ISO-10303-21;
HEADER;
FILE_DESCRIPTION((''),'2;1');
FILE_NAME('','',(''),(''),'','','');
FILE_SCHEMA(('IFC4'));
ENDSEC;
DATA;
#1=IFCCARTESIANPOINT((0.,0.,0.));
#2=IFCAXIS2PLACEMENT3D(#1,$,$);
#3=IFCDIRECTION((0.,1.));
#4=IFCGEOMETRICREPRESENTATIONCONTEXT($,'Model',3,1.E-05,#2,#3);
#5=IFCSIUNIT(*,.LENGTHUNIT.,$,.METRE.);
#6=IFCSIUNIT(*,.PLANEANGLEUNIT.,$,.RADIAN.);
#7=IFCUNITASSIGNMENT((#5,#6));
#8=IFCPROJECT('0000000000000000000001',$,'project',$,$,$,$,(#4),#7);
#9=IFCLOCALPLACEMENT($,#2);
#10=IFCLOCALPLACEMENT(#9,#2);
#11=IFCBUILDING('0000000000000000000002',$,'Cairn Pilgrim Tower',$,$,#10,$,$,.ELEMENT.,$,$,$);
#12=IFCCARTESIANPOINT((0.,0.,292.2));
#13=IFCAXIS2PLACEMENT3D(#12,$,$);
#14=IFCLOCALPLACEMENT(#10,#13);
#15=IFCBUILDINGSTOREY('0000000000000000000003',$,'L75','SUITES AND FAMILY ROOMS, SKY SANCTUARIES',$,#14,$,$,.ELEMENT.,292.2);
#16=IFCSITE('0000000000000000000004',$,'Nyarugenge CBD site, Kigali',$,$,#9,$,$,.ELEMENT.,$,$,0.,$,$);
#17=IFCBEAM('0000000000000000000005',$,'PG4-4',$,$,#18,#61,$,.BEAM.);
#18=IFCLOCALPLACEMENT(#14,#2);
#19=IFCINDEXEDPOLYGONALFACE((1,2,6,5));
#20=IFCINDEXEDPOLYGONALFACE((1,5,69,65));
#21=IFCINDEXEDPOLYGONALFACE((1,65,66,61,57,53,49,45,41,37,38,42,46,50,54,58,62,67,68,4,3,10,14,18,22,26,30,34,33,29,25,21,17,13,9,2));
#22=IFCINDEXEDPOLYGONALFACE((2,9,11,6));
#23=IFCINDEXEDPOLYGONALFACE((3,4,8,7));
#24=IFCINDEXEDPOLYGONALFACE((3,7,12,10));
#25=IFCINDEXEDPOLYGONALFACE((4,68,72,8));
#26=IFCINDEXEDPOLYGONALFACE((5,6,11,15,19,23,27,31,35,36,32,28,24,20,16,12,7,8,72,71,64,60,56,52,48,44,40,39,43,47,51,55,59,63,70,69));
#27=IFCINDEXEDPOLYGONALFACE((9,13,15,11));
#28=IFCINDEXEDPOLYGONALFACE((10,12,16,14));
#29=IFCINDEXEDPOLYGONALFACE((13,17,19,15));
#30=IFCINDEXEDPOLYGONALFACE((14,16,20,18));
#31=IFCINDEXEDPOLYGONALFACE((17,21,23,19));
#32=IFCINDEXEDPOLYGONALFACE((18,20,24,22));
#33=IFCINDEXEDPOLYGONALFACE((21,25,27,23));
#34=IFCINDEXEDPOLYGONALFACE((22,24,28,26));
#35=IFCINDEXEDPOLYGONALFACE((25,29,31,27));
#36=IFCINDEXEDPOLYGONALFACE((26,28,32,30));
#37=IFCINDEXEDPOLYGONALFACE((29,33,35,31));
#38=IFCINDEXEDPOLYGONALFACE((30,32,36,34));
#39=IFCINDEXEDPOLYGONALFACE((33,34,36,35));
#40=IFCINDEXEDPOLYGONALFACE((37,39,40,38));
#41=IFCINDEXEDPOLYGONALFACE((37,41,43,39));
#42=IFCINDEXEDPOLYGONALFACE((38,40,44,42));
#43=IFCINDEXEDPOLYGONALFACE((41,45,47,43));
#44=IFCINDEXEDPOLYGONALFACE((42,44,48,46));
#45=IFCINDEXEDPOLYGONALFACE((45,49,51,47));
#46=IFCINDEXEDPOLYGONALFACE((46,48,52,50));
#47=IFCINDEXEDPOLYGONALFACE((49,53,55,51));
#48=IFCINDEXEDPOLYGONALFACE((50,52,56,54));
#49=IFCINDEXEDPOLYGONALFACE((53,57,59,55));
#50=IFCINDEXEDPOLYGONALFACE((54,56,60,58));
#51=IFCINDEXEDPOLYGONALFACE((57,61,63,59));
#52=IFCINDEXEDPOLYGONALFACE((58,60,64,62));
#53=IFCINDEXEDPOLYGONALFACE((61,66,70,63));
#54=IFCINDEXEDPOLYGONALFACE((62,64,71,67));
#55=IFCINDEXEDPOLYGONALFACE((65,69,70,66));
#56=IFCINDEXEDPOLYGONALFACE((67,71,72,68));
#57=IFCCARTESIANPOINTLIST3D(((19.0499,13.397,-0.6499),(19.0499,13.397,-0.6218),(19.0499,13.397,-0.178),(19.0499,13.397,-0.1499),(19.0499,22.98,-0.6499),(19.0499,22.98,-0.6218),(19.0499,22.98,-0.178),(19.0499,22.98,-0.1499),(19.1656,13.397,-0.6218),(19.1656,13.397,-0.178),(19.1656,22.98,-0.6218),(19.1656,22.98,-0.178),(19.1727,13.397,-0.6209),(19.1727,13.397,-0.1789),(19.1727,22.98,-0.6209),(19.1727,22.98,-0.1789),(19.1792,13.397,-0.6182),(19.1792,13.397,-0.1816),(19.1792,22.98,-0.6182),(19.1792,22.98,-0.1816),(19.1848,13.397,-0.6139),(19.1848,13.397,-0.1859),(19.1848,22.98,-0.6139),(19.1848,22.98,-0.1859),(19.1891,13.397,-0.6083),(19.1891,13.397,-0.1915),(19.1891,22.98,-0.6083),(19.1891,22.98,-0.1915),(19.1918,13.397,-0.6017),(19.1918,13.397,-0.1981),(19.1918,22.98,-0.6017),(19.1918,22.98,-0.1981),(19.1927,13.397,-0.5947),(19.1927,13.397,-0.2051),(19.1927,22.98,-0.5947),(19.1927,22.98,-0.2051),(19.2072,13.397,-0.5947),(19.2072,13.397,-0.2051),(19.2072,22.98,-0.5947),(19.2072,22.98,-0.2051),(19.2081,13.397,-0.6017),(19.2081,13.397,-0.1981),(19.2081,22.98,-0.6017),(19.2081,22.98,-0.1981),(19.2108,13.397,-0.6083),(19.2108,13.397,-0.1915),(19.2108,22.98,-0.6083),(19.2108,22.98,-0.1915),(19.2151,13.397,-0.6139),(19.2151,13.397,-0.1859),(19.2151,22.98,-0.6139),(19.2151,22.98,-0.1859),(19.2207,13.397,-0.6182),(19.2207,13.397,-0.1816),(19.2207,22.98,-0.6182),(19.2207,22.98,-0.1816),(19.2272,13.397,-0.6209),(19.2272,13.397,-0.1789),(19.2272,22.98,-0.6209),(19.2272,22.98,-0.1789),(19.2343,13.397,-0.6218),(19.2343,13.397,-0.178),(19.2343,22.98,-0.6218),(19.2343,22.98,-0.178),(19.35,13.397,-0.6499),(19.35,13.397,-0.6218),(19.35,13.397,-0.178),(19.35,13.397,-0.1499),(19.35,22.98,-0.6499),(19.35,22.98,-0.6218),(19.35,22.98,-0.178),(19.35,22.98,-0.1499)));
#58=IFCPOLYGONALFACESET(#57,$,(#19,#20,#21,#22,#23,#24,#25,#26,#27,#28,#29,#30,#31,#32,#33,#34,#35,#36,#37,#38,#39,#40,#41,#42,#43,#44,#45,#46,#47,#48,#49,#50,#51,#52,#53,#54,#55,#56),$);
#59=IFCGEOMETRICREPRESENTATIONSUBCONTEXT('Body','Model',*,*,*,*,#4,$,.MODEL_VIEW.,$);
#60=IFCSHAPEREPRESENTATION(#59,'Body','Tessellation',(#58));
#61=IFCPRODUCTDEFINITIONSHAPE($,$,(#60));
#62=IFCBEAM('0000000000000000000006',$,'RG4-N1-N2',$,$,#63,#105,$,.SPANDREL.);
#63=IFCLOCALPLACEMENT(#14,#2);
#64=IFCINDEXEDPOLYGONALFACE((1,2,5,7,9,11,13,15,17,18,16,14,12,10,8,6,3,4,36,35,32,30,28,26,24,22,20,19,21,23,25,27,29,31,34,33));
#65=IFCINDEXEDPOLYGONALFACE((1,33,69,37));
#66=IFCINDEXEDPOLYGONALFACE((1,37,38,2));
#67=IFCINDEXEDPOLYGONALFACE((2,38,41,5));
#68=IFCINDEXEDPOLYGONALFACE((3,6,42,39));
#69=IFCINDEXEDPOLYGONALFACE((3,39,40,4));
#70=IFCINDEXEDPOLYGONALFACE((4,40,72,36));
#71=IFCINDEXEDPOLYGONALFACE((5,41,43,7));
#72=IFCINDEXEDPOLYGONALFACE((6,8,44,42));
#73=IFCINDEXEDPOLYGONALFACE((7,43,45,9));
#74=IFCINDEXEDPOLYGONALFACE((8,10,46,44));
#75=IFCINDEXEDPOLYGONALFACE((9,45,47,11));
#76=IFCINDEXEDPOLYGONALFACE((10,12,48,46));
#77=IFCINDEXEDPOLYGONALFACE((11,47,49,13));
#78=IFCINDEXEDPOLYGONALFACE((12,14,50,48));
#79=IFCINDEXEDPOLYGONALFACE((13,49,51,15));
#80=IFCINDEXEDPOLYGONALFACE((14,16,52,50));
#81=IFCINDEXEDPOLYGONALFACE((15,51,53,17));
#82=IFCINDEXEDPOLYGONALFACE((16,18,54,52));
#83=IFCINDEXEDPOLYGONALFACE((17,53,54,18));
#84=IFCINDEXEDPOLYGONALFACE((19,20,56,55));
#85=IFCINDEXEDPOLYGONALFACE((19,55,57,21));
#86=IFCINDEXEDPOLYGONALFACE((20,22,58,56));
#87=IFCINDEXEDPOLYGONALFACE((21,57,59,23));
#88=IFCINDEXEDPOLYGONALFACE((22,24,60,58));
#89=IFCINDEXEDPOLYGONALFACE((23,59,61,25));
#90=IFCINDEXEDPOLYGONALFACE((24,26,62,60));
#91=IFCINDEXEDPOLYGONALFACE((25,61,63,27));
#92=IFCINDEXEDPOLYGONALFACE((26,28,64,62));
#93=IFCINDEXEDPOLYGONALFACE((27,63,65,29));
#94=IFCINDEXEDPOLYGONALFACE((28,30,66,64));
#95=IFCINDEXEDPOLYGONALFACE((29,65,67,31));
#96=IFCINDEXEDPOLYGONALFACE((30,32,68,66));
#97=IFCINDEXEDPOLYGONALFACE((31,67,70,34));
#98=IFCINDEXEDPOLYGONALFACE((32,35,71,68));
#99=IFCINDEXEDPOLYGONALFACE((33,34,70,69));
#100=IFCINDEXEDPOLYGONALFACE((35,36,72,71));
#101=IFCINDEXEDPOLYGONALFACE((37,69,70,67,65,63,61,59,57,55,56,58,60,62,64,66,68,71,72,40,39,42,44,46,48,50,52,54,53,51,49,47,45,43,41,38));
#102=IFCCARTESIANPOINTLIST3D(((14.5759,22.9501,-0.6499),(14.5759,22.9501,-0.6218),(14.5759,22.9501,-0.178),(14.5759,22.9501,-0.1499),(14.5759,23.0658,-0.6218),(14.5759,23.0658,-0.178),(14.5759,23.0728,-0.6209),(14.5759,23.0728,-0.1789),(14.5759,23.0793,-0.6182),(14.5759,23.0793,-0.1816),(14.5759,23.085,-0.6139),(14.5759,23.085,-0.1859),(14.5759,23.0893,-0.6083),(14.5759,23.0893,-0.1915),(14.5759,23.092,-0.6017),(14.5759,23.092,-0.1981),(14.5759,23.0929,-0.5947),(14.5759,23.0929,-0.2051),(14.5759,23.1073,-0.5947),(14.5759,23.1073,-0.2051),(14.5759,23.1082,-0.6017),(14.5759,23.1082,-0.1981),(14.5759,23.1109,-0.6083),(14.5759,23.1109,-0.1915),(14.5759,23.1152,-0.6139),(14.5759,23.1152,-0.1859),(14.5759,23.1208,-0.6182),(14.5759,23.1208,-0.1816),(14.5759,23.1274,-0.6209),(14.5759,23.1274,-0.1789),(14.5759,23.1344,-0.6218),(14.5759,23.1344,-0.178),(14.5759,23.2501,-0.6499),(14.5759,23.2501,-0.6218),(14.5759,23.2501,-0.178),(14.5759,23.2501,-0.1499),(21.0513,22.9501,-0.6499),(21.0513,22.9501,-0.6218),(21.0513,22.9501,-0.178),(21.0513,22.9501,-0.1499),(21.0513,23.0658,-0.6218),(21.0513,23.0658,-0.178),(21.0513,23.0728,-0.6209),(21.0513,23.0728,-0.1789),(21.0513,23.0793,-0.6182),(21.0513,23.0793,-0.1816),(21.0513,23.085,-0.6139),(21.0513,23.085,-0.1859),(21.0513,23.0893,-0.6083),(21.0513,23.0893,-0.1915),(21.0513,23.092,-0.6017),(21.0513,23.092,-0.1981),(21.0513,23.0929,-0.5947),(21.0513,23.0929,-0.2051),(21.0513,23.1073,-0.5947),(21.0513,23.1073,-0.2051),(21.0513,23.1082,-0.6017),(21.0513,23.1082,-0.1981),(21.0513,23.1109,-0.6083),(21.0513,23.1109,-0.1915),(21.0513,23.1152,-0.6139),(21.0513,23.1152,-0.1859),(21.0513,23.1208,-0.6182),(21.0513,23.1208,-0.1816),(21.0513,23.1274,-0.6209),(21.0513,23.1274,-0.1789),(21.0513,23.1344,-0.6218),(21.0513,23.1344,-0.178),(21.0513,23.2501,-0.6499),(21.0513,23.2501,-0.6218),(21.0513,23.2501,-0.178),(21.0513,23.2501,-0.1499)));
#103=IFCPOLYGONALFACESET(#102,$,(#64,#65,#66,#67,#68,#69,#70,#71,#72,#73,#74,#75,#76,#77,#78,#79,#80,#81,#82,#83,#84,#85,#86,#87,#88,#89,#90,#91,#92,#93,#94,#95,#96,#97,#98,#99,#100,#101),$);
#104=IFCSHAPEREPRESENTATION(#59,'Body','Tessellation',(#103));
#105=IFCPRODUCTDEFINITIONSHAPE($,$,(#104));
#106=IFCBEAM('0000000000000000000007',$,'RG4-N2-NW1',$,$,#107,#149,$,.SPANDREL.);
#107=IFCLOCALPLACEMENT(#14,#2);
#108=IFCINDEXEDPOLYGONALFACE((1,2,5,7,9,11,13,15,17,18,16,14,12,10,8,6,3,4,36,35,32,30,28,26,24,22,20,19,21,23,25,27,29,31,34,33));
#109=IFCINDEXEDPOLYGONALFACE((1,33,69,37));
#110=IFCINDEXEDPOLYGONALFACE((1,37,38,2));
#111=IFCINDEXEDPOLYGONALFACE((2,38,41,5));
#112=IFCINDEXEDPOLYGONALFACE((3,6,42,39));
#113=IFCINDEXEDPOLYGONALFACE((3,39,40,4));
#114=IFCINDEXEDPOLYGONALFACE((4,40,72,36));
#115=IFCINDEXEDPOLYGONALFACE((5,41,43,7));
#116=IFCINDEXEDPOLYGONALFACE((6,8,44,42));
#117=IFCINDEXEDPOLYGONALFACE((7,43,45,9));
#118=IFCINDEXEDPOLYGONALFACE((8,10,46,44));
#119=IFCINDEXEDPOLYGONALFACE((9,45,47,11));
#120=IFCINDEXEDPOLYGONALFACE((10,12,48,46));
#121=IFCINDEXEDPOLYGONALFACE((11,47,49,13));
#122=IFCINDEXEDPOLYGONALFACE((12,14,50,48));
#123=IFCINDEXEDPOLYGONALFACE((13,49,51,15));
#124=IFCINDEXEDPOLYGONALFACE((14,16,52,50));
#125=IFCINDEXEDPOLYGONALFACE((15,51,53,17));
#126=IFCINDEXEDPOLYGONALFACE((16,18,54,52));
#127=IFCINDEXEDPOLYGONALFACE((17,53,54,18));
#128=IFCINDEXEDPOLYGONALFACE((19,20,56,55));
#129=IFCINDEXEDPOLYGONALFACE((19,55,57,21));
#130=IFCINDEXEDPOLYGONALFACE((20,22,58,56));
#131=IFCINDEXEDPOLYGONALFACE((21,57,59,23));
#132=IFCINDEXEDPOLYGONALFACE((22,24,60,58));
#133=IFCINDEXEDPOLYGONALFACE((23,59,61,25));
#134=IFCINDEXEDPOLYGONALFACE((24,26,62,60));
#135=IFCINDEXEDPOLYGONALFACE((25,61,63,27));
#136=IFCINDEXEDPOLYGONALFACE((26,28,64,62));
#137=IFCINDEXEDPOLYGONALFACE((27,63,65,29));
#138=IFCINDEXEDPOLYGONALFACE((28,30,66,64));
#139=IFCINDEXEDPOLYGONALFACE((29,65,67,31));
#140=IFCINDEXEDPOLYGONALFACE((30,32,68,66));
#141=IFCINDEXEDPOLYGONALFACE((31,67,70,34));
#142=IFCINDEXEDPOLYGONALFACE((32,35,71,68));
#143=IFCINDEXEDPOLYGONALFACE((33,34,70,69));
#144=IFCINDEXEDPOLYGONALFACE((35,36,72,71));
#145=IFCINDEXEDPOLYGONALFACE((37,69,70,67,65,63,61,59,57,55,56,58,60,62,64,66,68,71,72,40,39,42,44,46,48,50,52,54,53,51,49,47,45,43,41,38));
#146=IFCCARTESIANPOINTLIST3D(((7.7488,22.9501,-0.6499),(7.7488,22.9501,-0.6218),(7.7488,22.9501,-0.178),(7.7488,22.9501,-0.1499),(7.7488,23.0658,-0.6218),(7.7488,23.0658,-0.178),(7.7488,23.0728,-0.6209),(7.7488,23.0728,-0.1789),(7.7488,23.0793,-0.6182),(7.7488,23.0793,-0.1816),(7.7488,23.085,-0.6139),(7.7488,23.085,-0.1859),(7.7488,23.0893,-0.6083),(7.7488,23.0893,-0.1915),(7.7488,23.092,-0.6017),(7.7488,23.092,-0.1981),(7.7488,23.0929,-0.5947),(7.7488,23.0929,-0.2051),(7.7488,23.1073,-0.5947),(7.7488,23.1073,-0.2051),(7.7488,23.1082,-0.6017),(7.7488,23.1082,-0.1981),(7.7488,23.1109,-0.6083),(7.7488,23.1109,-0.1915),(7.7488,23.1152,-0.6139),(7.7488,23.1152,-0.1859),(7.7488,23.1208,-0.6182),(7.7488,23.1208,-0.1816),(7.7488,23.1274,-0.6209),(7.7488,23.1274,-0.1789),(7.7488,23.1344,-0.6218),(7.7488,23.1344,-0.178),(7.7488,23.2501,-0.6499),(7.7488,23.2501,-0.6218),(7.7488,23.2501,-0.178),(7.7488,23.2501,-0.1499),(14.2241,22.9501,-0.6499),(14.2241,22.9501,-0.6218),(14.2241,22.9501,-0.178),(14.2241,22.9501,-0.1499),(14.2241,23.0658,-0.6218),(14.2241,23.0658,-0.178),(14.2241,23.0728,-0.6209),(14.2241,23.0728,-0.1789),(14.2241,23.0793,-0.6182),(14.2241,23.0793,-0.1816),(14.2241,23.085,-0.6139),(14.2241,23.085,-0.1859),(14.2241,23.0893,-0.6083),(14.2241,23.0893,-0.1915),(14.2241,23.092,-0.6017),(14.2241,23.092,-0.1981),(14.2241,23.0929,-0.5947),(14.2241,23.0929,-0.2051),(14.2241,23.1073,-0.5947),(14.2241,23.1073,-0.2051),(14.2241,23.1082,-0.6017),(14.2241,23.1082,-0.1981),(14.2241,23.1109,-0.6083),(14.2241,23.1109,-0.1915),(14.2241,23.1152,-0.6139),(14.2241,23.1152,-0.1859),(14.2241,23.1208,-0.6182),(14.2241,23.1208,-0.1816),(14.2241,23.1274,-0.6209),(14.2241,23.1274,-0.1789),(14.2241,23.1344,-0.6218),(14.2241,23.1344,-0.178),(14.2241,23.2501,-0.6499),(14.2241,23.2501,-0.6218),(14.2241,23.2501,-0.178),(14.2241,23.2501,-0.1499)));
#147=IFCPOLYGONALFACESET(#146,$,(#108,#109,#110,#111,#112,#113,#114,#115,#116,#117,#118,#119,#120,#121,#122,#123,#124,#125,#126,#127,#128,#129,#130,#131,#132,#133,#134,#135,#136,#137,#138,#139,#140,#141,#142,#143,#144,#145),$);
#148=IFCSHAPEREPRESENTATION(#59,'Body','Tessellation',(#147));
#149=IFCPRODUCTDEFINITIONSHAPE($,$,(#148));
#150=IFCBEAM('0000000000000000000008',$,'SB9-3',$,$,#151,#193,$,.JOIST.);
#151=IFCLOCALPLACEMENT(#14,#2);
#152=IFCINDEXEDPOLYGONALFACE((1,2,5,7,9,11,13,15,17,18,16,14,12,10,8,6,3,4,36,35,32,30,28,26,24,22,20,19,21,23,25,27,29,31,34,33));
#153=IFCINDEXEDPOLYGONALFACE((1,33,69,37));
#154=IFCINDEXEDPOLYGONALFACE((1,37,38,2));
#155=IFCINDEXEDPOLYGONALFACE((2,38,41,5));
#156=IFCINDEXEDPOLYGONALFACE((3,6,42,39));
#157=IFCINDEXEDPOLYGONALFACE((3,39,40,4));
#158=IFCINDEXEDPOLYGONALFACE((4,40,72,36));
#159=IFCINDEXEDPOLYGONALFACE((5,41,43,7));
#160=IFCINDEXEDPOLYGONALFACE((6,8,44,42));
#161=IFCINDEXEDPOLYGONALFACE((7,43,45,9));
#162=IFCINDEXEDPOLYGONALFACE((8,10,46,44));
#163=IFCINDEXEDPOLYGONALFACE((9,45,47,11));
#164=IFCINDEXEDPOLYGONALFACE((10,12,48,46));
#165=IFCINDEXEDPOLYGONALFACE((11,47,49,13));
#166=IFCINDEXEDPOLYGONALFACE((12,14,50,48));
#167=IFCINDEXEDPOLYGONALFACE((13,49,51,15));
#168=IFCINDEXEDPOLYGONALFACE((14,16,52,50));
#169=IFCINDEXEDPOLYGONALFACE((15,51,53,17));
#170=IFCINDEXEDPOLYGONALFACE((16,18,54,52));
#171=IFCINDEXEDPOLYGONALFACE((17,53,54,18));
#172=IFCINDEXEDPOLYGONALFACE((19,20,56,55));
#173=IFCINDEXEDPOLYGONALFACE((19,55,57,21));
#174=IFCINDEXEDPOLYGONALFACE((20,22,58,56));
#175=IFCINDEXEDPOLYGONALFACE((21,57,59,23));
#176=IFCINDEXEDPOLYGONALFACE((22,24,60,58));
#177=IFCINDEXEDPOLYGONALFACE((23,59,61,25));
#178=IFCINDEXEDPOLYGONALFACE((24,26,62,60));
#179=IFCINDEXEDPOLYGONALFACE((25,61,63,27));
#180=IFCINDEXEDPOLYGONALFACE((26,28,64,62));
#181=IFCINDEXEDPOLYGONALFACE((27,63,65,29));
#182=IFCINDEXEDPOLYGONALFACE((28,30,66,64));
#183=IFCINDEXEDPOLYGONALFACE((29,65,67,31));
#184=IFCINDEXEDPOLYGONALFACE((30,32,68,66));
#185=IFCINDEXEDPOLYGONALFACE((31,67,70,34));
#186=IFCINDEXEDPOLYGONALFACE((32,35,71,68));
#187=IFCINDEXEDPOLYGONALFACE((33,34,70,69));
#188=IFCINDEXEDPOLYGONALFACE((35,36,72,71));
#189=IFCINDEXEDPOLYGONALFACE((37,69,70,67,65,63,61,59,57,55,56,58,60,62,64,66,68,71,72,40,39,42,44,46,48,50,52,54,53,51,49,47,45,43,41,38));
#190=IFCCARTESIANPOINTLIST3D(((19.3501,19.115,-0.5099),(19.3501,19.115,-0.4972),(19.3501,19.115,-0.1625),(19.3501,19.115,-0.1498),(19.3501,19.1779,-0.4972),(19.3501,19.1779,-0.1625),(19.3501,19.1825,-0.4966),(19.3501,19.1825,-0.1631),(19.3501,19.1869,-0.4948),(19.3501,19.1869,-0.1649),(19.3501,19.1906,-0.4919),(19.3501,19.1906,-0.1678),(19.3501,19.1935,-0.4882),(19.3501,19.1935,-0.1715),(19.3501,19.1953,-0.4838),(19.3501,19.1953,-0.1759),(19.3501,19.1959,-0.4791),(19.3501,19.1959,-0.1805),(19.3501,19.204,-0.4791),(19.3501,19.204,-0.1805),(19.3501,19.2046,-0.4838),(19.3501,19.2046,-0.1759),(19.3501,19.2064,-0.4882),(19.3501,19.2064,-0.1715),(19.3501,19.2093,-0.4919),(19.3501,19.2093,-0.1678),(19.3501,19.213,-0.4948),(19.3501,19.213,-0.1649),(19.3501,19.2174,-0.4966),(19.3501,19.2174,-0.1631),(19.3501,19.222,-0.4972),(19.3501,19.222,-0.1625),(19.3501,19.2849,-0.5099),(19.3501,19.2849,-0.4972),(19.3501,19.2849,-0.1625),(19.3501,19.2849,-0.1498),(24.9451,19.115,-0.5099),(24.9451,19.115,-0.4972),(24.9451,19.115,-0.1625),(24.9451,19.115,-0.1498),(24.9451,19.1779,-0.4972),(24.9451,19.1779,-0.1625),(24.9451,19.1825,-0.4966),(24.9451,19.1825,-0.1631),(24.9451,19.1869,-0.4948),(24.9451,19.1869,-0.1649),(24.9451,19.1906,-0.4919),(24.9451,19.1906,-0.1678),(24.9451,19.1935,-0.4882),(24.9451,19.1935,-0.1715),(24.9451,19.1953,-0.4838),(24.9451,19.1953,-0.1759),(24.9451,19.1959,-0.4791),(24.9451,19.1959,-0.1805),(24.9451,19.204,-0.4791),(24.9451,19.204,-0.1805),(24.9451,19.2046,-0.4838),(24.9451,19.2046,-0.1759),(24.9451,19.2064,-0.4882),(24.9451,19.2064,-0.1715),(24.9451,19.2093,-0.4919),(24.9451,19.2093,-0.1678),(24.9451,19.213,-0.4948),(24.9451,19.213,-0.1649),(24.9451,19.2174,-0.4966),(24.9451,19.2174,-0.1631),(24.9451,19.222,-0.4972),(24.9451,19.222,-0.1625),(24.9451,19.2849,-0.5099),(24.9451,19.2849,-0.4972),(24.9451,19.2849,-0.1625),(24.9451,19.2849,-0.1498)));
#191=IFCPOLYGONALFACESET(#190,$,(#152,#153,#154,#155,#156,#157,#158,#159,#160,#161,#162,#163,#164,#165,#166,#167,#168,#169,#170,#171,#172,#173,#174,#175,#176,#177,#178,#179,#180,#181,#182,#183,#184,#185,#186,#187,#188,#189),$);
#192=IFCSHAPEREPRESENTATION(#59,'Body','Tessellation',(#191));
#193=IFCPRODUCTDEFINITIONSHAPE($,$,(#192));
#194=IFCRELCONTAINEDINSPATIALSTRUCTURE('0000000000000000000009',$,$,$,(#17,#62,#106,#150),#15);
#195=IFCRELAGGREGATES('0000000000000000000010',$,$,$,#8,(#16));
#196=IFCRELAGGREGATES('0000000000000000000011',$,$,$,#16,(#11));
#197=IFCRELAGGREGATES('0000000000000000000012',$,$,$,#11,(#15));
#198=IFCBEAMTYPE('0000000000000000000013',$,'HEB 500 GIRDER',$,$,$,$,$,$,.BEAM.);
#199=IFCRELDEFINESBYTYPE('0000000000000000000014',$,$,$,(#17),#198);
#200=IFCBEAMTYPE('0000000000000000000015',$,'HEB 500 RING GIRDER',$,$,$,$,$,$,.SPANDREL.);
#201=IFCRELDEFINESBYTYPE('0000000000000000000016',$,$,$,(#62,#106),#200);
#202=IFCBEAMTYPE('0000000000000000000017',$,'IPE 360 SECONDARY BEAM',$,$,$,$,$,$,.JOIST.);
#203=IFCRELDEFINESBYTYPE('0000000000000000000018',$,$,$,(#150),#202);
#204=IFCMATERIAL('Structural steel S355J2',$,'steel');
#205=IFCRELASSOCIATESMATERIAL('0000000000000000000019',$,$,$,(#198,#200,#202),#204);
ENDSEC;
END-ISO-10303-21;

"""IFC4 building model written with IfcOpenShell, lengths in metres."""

from ifc_helpers import new_model, si_unit, direction, frame, origin, origin_2d, place, context, subcontext, project, spatial, i_section, extrude, material, material_profile, profile_set, type_object, element, save


model = new_model("IFC4")

# Units and contexts
model_context = context("Model", 3, precision=1e-05, world=origin(), true_north=direction((0.0, 1.0)))
body_context = subcontext(model_context, "Body", "Model", "MODEL_VIEW")
ifc_project = project(units=[si_unit("LENGTHUNIT", "METRE"), si_unit("PLANEANGLEUNIT", "RADIAN")], contexts=[model_context])

# Site, building, storey
site_placement = place(None, origin())
site = spatial("IfcSite", under=ifc_project, at=site_placement, Name="Nyarugenge CBD site, Kigali", CompositionType="ELEMENT", RefElevation=0.0)
building_placement = place(site_placement, origin())
building = spatial("IfcBuilding", under=site, at=building_placement, Name="Cairn Pilgrim Tower", CompositionType="ELEMENT")
storey_placement = place(building_placement, frame((0.0, 0.0, 292.2)))
storey = spatial("IfcBuildingStorey", under=building, at=storey_placement, Name="L75", Description="SUITES AND FAMILY ROOMS, SKY SANCTUARIES", CompositionType="ELEMENT", Elevation=292.2)

# Shared definitions
ifc_material_1 = material(Name="Structural steel S355J2", Category="steel")

# Beams
ifc_material_profile_1 = material_profile(ifc_material_1, i_section(OverallWidth=0.3, OverallDepth=0.5, WebThickness=0.0144, FlangeThickness=0.0281, FilletRadius=0.0271, at=origin_2d()), Name="HEB 500")
ifc_profile_set_1 = profile_set([ifc_material_profile_1], Name="Structural steel S355J2")
beam_type_1 = type_object("IfcBeamType", Name="HEB 500 GIRDER", PredefinedType="BEAM", material=ifc_profile_set_1)
beam_1_placement = place(storey_placement, frame((19.2, 13.397, -0.3999), z_axis=(0.0, 1.0, 0.0), x_axis=(-1.0, 0.0, 0.0)))
element("IfcBeam", 1, at=beam_1_placement, inside=storey, type_object=beam_type_1, Name="PG4-4", PredefinedType="BEAM", context=body_context, shape_type="SweptSolid", body=[
    extrude(i_section(OverallWidth=0.3, OverallDepth=0.5, WebThickness=0.0144, FlangeThickness=0.0281, FilletRadius=0.0271, at=origin_2d()), origin(), (0.0, 0.0, 1.0), 9.583),
])
ifc_material_profile_2 = material_profile(ifc_material_1, i_section(OverallWidth=0.3, OverallDepth=0.5, WebThickness=0.0144, FlangeThickness=0.0281, FilletRadius=0.0271, at=origin_2d()), Name="HEB 500")
ifc_profile_set_2 = profile_set([ifc_material_profile_2], Name="Structural steel S355J2")
beam_type_2 = type_object("IfcBeamType", Name="HEB 500 RING GIRDER", PredefinedType="SPANDREL", material=ifc_profile_set_2)
for number, where, z_axis, x_axis, name in (
    (2, (21.0513, 23.1001, -0.3999), (-1.0, 0.0, 0.0), (0.0, -1.0, 0.0), "RG4-N1-N2"),
    (3, (14.2241, 23.1001, -0.3999), (-1.0, 0.0, 0.0), (0.0, -1.0, 0.0), "RG4-N2-NW1"),
):
    element("IfcBeam", number, at=place(storey_placement, frame(where, z_axis=z_axis, x_axis=x_axis)), inside=storey, type_object=beam_type_2, Name=name, PredefinedType="SPANDREL", context=body_context, shape_type="SweptSolid", body=[
        extrude(i_section(OverallWidth=0.3, OverallDepth=0.5, WebThickness=0.0144, FlangeThickness=0.0281, FilletRadius=0.0271, at=origin_2d()), origin(), (0.0, 0.0, 1.0), 6.4753),
    ])
ifc_material_profile_3 = material_profile(ifc_material_1, i_section(OverallWidth=0.1699, OverallDepth=0.3601, WebThickness=0.0081, FlangeThickness=0.0127, FilletRadius=0.0181, at=origin_2d()), Name="IPE 360")
ifc_profile_set_3 = profile_set([ifc_material_profile_3], Name="Structural steel S355J2")
beam_type_3 = type_object("IfcBeamType", Name="IPE 360 SECONDARY BEAM", PredefinedType="JOIST", material=ifc_profile_set_3)
beam_2_placement = place(storey_placement, frame((19.3501, 19.2, -0.3298), z_axis=(1.0, 0.0, 0.0), x_axis=(0.0, 1.0, 0.0)))
element("IfcBeam", 4, at=beam_2_placement, inside=storey, type_object=beam_type_3, Name="SB9-3", PredefinedType="JOIST", context=body_context, shape_type="SweptSolid", body=[
    extrude(i_section(OverallWidth=0.1699, OverallDepth=0.3601, WebThickness=0.0081, FlangeThickness=0.0127, FilletRadius=0.0181, at=origin_2d()), origin(), (0.0, 0.0, 1.0), 5.595),
])

save(model, "model.ifc")
